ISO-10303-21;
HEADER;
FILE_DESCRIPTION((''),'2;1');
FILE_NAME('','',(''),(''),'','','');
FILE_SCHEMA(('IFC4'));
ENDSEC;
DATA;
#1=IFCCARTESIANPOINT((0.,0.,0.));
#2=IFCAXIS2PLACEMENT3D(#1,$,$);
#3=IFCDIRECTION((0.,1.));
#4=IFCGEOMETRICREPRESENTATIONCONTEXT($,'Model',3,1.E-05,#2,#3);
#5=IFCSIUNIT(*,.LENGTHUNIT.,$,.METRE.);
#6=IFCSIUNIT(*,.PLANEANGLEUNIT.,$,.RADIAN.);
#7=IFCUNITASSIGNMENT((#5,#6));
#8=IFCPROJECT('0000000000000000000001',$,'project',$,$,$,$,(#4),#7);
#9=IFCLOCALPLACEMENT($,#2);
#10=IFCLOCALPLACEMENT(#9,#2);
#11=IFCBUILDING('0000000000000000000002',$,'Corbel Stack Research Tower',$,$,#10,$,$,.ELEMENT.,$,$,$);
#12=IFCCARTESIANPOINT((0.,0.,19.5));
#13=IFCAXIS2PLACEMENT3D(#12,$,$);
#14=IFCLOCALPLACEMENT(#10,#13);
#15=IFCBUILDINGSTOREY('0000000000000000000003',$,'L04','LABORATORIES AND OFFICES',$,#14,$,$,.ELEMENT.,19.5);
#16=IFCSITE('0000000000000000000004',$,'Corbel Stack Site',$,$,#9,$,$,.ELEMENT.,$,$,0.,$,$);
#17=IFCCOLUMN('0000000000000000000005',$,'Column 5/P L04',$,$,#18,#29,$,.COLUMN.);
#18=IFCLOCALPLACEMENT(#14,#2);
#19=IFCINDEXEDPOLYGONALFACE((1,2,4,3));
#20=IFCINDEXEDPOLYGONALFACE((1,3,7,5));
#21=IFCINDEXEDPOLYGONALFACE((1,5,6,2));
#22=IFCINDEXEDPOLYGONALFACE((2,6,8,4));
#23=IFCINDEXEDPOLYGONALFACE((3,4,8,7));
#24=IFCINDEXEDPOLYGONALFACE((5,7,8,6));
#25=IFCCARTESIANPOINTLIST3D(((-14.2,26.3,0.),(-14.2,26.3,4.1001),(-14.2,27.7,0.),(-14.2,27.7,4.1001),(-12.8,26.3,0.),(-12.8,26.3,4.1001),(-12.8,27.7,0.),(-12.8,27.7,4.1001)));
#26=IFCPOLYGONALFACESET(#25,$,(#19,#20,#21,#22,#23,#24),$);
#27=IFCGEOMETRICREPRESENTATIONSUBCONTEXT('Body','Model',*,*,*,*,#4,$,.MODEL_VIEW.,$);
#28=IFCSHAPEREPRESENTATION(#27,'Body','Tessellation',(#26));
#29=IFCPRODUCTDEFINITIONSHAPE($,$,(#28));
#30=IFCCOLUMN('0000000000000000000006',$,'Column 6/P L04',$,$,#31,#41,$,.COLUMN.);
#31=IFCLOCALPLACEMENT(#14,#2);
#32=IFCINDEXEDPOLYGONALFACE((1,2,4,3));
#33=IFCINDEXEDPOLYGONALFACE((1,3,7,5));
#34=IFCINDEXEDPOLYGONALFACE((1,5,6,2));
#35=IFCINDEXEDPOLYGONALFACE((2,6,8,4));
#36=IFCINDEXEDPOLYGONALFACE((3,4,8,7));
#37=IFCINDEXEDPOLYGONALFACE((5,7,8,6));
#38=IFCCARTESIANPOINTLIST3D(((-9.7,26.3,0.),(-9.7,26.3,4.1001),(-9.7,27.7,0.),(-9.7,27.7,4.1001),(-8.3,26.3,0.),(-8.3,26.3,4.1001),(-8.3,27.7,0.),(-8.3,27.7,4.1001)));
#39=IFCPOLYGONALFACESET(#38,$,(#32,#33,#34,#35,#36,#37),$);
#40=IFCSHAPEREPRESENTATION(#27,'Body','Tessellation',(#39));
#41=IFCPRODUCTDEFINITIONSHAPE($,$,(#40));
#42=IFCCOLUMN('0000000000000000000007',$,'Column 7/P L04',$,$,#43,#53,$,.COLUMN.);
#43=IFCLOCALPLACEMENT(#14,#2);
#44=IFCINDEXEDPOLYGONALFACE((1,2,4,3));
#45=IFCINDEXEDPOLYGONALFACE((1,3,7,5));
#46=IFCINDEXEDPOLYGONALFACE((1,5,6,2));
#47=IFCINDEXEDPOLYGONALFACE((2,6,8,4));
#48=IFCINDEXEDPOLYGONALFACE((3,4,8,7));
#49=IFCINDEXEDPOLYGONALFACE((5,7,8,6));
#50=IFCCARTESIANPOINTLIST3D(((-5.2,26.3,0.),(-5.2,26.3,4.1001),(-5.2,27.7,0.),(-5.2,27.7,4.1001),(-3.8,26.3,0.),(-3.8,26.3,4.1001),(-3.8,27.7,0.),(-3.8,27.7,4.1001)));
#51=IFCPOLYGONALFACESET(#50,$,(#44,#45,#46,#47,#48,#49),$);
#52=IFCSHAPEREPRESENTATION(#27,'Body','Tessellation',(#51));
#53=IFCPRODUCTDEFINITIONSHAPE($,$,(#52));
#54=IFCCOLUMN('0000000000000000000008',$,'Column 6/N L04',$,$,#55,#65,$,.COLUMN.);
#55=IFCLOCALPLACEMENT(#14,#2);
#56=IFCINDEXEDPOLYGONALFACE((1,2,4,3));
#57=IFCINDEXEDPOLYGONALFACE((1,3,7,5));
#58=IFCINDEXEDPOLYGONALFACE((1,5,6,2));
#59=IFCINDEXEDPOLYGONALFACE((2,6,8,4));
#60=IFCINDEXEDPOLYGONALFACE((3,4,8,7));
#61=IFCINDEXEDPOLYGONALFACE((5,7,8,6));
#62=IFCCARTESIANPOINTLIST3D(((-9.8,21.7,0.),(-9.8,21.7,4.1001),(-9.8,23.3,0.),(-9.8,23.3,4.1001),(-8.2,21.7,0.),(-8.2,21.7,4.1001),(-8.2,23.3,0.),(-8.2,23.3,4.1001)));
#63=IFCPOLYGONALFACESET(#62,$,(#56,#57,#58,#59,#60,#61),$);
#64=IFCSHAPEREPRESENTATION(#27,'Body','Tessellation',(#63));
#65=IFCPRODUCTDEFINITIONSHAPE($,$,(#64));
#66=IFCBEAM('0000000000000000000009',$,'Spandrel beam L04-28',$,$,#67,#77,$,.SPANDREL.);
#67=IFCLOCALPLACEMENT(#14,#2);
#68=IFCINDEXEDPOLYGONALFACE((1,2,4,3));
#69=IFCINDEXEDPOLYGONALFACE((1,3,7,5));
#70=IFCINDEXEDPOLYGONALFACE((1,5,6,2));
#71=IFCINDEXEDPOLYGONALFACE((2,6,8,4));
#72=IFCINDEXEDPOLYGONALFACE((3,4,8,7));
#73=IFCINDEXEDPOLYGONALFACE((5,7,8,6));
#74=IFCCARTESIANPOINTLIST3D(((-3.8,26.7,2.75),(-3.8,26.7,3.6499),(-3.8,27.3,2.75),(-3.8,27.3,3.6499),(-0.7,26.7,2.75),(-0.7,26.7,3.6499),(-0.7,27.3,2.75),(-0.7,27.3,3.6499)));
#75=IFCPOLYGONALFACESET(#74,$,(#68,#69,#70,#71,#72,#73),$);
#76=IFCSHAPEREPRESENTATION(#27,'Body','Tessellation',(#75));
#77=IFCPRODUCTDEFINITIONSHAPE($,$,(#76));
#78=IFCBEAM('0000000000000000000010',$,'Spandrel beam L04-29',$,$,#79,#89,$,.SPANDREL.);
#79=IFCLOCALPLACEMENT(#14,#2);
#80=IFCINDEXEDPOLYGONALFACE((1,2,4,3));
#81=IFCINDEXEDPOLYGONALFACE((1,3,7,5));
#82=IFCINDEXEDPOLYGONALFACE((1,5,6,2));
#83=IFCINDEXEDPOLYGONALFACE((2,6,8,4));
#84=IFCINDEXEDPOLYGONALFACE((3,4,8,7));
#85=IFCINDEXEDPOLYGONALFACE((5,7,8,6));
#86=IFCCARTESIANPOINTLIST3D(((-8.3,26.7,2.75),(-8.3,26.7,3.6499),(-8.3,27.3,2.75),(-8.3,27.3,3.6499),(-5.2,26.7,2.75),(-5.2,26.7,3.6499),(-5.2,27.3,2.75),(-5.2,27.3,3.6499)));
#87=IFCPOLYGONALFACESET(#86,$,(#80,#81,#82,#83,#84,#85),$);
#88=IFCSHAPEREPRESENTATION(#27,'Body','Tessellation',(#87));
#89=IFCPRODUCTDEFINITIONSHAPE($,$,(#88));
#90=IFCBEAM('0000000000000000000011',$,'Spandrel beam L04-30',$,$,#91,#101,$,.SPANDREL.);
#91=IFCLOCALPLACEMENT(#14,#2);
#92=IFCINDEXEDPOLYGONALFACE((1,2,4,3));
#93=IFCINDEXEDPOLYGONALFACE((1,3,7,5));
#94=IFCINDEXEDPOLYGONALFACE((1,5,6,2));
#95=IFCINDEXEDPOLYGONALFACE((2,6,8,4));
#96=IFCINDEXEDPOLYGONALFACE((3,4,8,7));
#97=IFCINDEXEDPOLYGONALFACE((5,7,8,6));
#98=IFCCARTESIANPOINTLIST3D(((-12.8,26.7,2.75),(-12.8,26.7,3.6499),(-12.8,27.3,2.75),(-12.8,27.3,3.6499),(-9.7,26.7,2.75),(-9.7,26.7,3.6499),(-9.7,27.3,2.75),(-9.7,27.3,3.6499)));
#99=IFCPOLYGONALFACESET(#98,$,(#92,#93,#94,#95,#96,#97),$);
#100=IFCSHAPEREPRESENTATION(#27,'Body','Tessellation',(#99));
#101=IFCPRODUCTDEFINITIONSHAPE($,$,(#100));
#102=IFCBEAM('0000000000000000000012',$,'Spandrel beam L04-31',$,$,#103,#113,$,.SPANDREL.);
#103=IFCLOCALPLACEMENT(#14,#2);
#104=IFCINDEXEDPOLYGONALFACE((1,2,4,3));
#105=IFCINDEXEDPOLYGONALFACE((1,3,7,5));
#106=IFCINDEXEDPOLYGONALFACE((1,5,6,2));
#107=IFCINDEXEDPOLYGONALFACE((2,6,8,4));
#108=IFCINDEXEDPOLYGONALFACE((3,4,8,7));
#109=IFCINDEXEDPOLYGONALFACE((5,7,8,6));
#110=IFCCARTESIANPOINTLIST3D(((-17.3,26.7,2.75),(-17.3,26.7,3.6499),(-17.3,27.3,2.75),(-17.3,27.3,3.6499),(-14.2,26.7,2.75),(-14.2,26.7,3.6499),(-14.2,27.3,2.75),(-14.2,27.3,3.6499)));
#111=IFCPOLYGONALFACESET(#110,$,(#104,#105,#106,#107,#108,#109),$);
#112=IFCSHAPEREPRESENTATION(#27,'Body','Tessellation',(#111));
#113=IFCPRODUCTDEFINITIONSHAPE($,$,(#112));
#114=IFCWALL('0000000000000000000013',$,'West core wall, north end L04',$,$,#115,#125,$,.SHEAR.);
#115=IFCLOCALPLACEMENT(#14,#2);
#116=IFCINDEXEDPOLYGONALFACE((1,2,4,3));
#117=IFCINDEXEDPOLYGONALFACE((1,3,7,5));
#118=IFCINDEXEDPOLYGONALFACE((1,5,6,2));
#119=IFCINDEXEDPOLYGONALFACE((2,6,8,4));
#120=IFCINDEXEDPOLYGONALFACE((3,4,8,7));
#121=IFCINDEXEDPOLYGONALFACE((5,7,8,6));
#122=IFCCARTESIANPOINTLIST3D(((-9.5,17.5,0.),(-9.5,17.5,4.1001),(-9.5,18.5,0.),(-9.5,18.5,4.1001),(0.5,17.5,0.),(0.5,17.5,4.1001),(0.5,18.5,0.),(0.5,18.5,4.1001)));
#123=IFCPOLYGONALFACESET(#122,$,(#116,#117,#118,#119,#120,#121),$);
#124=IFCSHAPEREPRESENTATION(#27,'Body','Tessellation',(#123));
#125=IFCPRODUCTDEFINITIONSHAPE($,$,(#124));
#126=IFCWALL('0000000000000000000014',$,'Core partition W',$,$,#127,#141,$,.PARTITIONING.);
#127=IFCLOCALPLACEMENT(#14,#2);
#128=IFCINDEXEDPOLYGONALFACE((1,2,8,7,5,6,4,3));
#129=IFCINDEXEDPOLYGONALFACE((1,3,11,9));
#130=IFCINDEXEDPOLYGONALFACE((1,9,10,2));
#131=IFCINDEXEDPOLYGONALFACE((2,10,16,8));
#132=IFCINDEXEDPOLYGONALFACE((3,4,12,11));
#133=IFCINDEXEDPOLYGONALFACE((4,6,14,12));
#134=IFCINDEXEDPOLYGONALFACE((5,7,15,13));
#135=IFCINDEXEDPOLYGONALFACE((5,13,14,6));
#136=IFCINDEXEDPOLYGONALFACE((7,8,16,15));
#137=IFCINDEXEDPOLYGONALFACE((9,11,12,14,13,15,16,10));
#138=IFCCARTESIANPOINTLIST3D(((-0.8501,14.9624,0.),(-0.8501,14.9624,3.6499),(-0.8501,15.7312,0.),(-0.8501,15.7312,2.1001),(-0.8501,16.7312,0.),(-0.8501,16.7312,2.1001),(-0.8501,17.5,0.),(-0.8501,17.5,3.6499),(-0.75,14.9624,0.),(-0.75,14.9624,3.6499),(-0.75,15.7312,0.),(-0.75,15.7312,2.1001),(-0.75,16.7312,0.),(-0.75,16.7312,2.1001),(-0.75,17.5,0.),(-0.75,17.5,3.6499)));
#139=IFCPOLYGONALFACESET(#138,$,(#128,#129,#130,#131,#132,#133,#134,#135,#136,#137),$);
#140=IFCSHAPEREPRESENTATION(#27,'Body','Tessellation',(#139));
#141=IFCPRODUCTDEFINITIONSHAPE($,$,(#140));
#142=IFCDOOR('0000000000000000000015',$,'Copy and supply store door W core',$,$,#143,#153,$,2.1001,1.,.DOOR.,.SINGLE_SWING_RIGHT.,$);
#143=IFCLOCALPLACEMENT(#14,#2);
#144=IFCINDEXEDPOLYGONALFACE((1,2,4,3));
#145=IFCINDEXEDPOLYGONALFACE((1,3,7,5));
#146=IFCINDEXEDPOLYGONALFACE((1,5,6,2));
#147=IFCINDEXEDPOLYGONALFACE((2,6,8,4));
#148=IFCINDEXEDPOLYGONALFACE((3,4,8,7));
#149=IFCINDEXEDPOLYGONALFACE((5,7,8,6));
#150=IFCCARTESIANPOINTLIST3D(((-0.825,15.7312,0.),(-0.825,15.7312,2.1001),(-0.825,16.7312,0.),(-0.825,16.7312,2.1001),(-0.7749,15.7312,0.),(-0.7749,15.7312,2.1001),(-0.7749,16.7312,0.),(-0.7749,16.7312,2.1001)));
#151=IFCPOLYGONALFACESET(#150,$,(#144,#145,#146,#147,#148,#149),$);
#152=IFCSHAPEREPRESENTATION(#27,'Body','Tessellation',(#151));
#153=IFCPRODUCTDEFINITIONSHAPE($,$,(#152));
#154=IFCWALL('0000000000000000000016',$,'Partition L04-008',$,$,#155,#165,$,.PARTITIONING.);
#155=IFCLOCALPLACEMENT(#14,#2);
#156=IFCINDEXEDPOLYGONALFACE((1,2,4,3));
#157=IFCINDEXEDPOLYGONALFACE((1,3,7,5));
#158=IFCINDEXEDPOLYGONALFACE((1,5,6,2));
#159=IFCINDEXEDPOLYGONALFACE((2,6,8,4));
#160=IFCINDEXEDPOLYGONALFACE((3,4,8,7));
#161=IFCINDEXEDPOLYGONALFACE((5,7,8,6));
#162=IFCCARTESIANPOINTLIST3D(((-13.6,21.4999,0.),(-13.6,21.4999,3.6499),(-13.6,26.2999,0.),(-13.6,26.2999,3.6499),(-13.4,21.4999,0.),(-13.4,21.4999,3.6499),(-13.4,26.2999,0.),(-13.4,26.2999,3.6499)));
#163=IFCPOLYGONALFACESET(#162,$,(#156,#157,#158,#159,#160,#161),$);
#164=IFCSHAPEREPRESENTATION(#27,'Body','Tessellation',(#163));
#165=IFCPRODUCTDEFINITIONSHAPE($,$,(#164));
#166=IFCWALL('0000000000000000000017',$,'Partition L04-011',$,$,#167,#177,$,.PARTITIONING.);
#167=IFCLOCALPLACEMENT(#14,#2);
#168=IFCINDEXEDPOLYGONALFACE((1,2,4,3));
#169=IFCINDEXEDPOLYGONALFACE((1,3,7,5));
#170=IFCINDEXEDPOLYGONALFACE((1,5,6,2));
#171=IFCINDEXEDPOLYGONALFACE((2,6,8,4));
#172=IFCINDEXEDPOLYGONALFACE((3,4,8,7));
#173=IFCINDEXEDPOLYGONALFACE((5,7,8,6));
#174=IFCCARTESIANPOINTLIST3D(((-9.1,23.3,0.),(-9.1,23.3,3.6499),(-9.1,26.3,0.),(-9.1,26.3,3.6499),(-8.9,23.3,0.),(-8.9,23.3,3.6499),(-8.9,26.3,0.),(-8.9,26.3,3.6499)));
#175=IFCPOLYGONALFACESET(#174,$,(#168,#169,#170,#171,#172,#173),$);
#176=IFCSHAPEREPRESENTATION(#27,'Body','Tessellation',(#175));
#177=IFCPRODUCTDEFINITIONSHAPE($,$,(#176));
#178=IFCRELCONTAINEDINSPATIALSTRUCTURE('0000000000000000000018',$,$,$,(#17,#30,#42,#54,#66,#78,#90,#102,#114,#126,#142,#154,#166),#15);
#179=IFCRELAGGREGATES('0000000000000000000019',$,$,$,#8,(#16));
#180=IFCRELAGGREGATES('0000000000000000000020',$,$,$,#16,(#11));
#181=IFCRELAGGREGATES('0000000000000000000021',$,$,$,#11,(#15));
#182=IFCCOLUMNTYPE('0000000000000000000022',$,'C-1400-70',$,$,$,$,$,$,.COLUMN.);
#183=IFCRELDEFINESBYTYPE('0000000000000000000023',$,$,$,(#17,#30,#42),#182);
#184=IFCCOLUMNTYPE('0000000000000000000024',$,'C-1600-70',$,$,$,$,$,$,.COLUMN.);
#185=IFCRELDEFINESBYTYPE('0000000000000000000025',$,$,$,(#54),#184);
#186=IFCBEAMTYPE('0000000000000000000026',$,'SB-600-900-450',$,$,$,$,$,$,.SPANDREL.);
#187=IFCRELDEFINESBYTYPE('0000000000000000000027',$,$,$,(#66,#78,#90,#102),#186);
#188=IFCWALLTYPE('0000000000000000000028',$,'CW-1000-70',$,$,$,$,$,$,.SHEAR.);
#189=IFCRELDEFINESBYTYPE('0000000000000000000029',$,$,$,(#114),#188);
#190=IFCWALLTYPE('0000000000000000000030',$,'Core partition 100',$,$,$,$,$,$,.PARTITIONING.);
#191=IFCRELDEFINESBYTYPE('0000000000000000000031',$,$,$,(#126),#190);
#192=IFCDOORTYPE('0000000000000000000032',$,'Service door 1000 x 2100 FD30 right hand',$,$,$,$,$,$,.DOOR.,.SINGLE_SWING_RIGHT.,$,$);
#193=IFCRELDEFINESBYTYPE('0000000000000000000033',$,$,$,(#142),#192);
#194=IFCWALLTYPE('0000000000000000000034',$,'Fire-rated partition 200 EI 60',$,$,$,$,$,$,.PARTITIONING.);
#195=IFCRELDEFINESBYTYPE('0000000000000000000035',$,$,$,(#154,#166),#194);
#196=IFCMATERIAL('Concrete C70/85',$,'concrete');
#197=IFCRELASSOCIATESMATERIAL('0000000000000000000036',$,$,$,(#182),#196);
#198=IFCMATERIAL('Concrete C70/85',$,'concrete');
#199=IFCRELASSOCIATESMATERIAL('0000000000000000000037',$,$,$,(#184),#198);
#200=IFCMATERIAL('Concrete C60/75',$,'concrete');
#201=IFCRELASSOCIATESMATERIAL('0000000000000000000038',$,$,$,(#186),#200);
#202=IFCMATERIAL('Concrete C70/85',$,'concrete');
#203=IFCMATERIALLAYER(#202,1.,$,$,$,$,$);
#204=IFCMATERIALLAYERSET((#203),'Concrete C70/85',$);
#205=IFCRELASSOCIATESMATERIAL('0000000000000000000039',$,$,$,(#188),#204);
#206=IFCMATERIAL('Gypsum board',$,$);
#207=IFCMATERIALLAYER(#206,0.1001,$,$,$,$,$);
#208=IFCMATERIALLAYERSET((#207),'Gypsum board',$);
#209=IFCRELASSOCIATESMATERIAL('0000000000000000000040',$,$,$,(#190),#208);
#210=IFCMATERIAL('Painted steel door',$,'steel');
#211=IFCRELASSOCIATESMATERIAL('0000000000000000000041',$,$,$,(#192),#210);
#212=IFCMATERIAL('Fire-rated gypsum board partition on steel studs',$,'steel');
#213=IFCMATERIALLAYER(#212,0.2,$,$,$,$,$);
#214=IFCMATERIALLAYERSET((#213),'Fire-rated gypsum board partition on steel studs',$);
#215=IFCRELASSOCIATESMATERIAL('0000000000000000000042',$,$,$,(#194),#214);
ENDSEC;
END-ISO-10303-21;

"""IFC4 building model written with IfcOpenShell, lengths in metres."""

from ifc_helpers import new_model, si_unit, direction, frame, frame_2d, origin, origin_2d, place, context, subcontext, project, spatial, rectangle, extrude, material, layer, layer_set, material_profile, profile_set, type_object, element, fill, save


model = new_model("IFC4")

# Units and contexts
model_context = context("Model", 3, precision=1e-05, world=origin(), true_north=direction((0.0, 1.0)))
body_context = subcontext(model_context, "Body", "Model", "MODEL_VIEW")
ifc_project = project(units=[si_unit("LENGTHUNIT", "METRE"), si_unit("PLANEANGLEUNIT", "RADIAN")], contexts=[model_context])

# Site, building, storey
site_placement = place(None, origin())
site = spatial("IfcSite", under=ifc_project, at=site_placement, Name="Corbel Stack Site", CompositionType="ELEMENT", RefElevation=0.0)
building_placement = place(site_placement, origin())
building = spatial("IfcBuilding", under=site, at=building_placement, Name="Corbel Stack Research Tower", CompositionType="ELEMENT")
storey_placement = place(building_placement, frame((0.0, 0.0, 19.5)))
storey = spatial("IfcBuildingStorey", under=building, at=storey_placement, Name="L04", Description="LABORATORIES AND OFFICES", CompositionType="ELEMENT", Elevation=19.5)

# Columns
ifc_material_1 = material(Name="Concrete C70/85", Category="concrete")
ifc_material_profile_1 = material_profile(ifc_material_1, rectangle(XDim=1.3999, YDim=1.3999, at=origin_2d()), Name="RC 1400 x 1400")
ifc_profile_set_1 = profile_set([ifc_material_profile_1], Name="Concrete C70/85")
column_type_1 = type_object("IfcColumnType", Name="C-1400-70", PredefinedType="COLUMN", material=ifc_profile_set_1)
for number, where, z_axis, x_axis, name in (
    (1, (-13.5, 27.0, 0.0), (0.0, 0.0, 1.0), (1.0, 0.0, 0.0), "Column 5/P L04"),
    (2, (-9.0, 27.0, 0.0), (0.0, 0.0, 1.0), (1.0, 0.0, 0.0), "Column 6/P L04"),
    (3, (-4.5, 27.0, 0.0), (0.0, 0.0, 1.0), (1.0, 0.0, 0.0), "Column 7/P L04"),
):
    element("IfcColumn", number, at=place(storey_placement, frame(where, z_axis=z_axis, x_axis=x_axis)), inside=storey, type_object=column_type_1, Name=name, PredefinedType="COLUMN", context=body_context, shape_type="SweptSolid", body=[
        extrude(rectangle(XDim=1.3999, YDim=1.3999, at=origin_2d()), origin(), (0.0, 0.0, 1.0), 4.1001),
    ])
ifc_material_2 = material(Name="Concrete C70/85", Category="concrete")
ifc_material_profile_2 = material_profile(ifc_material_2, rectangle(XDim=1.6001, YDim=1.6001, at=origin_2d()), Name="RC 1600 x 1600")
ifc_profile_set_2 = profile_set([ifc_material_profile_2], Name="Concrete C70/85")
column_type_2 = type_object("IfcColumnType", Name="C-1600-70", PredefinedType="COLUMN", material=ifc_profile_set_2)
column_placement = place(storey_placement, frame((-9.0, 22.5, 0.0), z_axis=(0.0, 0.0, 1.0), x_axis=(1.0, 0.0, 0.0)))
element("IfcColumn", 4, at=column_placement, inside=storey, type_object=column_type_2, Name="Column 6/N L04", PredefinedType="COLUMN", context=body_context, shape_type="SweptSolid", body=[
    extrude(rectangle(XDim=1.6001, YDim=1.6001, at=origin_2d()), origin(), (0.0, 0.0, 1.0), 4.1001),
])

# Beams
ifc_material_3 = material(Name="Concrete C60/75", Category="concrete")
ifc_material_profile_3 = material_profile(ifc_material_3, rectangle(XDim=0.6001, YDim=0.8999, at=origin_2d()), Name="RC 600 x 900")
ifc_profile_set_3 = profile_set([ifc_material_profile_3], Name="Concrete C60/75")
beam_type = type_object("IfcBeamType", Name="SB-600-900-450", PredefinedType="SPANDREL", material=ifc_profile_set_3)
for number, where, z_axis, x_axis, name in (
    (5, (-0.7, 27.0, 3.2), (-1.0, 0.0, 0.0), (0.0, -1.0, 0.0), "Spandrel beam L04-28"),
    (6, (-5.2, 27.0, 3.2), (-1.0, 0.0, 0.0), (0.0, -1.0, 0.0), "Spandrel beam L04-29"),
    (7, (-9.7, 27.0, 3.2), (-1.0, 0.0, 0.0), (0.0, -1.0, 0.0), "Spandrel beam L04-30"),
    (8, (-14.2, 27.0, 3.2), (-1.0, 0.0, 0.0), (0.0, -1.0, 0.0), "Spandrel beam L04-31"),
):
    element("IfcBeam", number, at=place(storey_placement, frame(where, z_axis=z_axis, x_axis=x_axis)), inside=storey, type_object=beam_type, Name=name, PredefinedType="SPANDREL", context=body_context, shape_type="SweptSolid", body=[
        extrude(rectangle(XDim=0.6001, YDim=0.8999, at=origin_2d()), origin(), (0.0, 0.0, 1.0), 3.1001),
    ])

# Wall
ifc_material_4 = material(Name="Concrete C70/85", Category="concrete")
ifc_layer_1 = layer(ifc_material_4, 1.0)
ifc_layer_set_1 = layer_set([ifc_layer_1], Name="Concrete C70/85")
wall_type_1 = type_object("IfcWallType", Name="CW-1000-70", PredefinedType="SHEAR", material=ifc_layer_set_1)
wall_1_placement = place(storey_placement, frame((-9.5, 18.0, 0.0), z_axis=(0.0, 0.0, 1.0), x_axis=(1.0, 0.0, 0.0)))
element("IfcWall", 9, at=wall_1_placement, inside=storey, type_object=wall_type_1, Name="West core wall, north end L04", PredefinedType="SHEAR", context=body_context, shape_type="SweptSolid", body=[
    extrude(rectangle(XDim=10.0, YDim=1.0, at=frame_2d((5.0, 0.0))), origin(), (0.0, 0.0, 1.0), 4.1001),
])

# Wall, opening, door
ifc_material_5 = material(Name="Gypsum board")
ifc_layer_2 = layer(ifc_material_5, 0.1001)
ifc_layer_set_2 = layer_set([ifc_layer_2], Name="Gypsum board")
wall_type_2 = type_object("IfcWallType", Name="Core partition 100", PredefinedType="PARTITIONING", material=ifc_layer_set_2)
wall_2_placement = place(storey_placement, frame((-0.8, 14.9624, 0.0), z_axis=(0.0, 0.0, 1.0), x_axis=(0.0, 1.0, 0.0)))
wall_2 = element("IfcWall", 10, at=wall_2_placement, inside=storey, type_object=wall_type_2, Name="Core partition W", PredefinedType="PARTITIONING", context=body_context, shape_type="SweptSolid", body=[
    extrude(rectangle(XDim=2.5376, YDim=0.1001, at=frame_2d((1.2688, 0.0))), origin(), (0.0, 0.0, 1.0), 3.6499),
])
opening_1_placement = place(wall_2_placement, frame((0.7688, 0.0, 0.0)))
opening_1 = element("IfcOpeningElement", 11, at=opening_1_placement, cuts=wall_2, PredefinedType="OPENING", context=body_context, shape_type="SweptSolid", body=[
    extrude(rectangle(XDim=1.0, YDim=2.1001, at=frame_2d((0.5, 1.05))), frame((0.0, 0.0601, 0.0), z_axis=(0.0, -1.0, 0.0), x_axis=(1.0, 0.0, 0.0)), (0.0, 0.0, 1.0), 0.1201),
])
ifc_material_6 = material(Name="Painted steel door", Category="steel")
door_type = type_object("IfcDoorType", Name="Service door 1000 x 2100 FD30 right hand", OperationType="SINGLE_SWING_RIGHT", PredefinedType="DOOR", material=ifc_material_6)
door_placement = place(opening_1_placement, origin())
door = element("IfcDoor", 12, at=door_placement, inside=storey, type_object=door_type, Name="Copy and supply store door W core", OperationType="SINGLE_SWING_RIGHT", OverallHeight=2.1001, OverallWidth=1.0, PredefinedType="DOOR", context=body_context, shape_type="SweptSolid", body=[
    extrude(rectangle(XDim=1.0, YDim=2.1001, at=frame_2d((0.5, 1.05))), frame((0.0, 0.0249, 0.0), z_axis=(0.0, -1.0, 0.0), x_axis=(1.0, 0.0, 0.0)), (0.0, 0.0, 1.0), 0.05),
])
fill(opening_1, door)

# Walls
ifc_material_7 = material(Name="Fire-rated gypsum board partition on steel studs", Category="steel")
ifc_layer_3 = layer(ifc_material_7, 0.2)
ifc_layer_set_3 = layer_set([ifc_layer_3], Name="Fire-rated gypsum board partition on steel studs")
wall_type_3 = type_object("IfcWallType", Name="Fire-rated partition 200 EI 60", PredefinedType="PARTITIONING", material=ifc_layer_set_3)
wall_3_placement = place(storey_placement, frame((-13.5, 21.5, 0.0), z_axis=(0.0, 0.0, 1.0), x_axis=(0.0, 1.0, 0.0)))
element("IfcWall", 13, at=wall_3_placement, inside=storey, type_object=wall_type_3, Name="Partition L04-008", PredefinedType="PARTITIONING", context=body_context, shape_type="SweptSolid", body=[
    extrude(rectangle(XDim=4.8, YDim=0.2, at=frame_2d((2.3999, 0.0))), origin(), (0.0, 0.0, 1.0), 3.6499),
])
wall_4_placement = place(storey_placement, frame((-9.0, 23.3, 0.0), z_axis=(0.0, 0.0, 1.0), x_axis=(0.0, 1.0, 0.0)))
element("IfcWall", 14, at=wall_4_placement, inside=storey, type_object=wall_type_3, Name="Partition L04-011", PredefinedType="PARTITIONING", context=body_context, shape_type="SweptSolid", body=[
    extrude(rectangle(XDim=3.0, YDim=0.2, at=frame_2d((1.5, 0.0))), origin(), (0.0, 0.0, 1.0), 3.6499),
])

save(model, "model.ifc")
